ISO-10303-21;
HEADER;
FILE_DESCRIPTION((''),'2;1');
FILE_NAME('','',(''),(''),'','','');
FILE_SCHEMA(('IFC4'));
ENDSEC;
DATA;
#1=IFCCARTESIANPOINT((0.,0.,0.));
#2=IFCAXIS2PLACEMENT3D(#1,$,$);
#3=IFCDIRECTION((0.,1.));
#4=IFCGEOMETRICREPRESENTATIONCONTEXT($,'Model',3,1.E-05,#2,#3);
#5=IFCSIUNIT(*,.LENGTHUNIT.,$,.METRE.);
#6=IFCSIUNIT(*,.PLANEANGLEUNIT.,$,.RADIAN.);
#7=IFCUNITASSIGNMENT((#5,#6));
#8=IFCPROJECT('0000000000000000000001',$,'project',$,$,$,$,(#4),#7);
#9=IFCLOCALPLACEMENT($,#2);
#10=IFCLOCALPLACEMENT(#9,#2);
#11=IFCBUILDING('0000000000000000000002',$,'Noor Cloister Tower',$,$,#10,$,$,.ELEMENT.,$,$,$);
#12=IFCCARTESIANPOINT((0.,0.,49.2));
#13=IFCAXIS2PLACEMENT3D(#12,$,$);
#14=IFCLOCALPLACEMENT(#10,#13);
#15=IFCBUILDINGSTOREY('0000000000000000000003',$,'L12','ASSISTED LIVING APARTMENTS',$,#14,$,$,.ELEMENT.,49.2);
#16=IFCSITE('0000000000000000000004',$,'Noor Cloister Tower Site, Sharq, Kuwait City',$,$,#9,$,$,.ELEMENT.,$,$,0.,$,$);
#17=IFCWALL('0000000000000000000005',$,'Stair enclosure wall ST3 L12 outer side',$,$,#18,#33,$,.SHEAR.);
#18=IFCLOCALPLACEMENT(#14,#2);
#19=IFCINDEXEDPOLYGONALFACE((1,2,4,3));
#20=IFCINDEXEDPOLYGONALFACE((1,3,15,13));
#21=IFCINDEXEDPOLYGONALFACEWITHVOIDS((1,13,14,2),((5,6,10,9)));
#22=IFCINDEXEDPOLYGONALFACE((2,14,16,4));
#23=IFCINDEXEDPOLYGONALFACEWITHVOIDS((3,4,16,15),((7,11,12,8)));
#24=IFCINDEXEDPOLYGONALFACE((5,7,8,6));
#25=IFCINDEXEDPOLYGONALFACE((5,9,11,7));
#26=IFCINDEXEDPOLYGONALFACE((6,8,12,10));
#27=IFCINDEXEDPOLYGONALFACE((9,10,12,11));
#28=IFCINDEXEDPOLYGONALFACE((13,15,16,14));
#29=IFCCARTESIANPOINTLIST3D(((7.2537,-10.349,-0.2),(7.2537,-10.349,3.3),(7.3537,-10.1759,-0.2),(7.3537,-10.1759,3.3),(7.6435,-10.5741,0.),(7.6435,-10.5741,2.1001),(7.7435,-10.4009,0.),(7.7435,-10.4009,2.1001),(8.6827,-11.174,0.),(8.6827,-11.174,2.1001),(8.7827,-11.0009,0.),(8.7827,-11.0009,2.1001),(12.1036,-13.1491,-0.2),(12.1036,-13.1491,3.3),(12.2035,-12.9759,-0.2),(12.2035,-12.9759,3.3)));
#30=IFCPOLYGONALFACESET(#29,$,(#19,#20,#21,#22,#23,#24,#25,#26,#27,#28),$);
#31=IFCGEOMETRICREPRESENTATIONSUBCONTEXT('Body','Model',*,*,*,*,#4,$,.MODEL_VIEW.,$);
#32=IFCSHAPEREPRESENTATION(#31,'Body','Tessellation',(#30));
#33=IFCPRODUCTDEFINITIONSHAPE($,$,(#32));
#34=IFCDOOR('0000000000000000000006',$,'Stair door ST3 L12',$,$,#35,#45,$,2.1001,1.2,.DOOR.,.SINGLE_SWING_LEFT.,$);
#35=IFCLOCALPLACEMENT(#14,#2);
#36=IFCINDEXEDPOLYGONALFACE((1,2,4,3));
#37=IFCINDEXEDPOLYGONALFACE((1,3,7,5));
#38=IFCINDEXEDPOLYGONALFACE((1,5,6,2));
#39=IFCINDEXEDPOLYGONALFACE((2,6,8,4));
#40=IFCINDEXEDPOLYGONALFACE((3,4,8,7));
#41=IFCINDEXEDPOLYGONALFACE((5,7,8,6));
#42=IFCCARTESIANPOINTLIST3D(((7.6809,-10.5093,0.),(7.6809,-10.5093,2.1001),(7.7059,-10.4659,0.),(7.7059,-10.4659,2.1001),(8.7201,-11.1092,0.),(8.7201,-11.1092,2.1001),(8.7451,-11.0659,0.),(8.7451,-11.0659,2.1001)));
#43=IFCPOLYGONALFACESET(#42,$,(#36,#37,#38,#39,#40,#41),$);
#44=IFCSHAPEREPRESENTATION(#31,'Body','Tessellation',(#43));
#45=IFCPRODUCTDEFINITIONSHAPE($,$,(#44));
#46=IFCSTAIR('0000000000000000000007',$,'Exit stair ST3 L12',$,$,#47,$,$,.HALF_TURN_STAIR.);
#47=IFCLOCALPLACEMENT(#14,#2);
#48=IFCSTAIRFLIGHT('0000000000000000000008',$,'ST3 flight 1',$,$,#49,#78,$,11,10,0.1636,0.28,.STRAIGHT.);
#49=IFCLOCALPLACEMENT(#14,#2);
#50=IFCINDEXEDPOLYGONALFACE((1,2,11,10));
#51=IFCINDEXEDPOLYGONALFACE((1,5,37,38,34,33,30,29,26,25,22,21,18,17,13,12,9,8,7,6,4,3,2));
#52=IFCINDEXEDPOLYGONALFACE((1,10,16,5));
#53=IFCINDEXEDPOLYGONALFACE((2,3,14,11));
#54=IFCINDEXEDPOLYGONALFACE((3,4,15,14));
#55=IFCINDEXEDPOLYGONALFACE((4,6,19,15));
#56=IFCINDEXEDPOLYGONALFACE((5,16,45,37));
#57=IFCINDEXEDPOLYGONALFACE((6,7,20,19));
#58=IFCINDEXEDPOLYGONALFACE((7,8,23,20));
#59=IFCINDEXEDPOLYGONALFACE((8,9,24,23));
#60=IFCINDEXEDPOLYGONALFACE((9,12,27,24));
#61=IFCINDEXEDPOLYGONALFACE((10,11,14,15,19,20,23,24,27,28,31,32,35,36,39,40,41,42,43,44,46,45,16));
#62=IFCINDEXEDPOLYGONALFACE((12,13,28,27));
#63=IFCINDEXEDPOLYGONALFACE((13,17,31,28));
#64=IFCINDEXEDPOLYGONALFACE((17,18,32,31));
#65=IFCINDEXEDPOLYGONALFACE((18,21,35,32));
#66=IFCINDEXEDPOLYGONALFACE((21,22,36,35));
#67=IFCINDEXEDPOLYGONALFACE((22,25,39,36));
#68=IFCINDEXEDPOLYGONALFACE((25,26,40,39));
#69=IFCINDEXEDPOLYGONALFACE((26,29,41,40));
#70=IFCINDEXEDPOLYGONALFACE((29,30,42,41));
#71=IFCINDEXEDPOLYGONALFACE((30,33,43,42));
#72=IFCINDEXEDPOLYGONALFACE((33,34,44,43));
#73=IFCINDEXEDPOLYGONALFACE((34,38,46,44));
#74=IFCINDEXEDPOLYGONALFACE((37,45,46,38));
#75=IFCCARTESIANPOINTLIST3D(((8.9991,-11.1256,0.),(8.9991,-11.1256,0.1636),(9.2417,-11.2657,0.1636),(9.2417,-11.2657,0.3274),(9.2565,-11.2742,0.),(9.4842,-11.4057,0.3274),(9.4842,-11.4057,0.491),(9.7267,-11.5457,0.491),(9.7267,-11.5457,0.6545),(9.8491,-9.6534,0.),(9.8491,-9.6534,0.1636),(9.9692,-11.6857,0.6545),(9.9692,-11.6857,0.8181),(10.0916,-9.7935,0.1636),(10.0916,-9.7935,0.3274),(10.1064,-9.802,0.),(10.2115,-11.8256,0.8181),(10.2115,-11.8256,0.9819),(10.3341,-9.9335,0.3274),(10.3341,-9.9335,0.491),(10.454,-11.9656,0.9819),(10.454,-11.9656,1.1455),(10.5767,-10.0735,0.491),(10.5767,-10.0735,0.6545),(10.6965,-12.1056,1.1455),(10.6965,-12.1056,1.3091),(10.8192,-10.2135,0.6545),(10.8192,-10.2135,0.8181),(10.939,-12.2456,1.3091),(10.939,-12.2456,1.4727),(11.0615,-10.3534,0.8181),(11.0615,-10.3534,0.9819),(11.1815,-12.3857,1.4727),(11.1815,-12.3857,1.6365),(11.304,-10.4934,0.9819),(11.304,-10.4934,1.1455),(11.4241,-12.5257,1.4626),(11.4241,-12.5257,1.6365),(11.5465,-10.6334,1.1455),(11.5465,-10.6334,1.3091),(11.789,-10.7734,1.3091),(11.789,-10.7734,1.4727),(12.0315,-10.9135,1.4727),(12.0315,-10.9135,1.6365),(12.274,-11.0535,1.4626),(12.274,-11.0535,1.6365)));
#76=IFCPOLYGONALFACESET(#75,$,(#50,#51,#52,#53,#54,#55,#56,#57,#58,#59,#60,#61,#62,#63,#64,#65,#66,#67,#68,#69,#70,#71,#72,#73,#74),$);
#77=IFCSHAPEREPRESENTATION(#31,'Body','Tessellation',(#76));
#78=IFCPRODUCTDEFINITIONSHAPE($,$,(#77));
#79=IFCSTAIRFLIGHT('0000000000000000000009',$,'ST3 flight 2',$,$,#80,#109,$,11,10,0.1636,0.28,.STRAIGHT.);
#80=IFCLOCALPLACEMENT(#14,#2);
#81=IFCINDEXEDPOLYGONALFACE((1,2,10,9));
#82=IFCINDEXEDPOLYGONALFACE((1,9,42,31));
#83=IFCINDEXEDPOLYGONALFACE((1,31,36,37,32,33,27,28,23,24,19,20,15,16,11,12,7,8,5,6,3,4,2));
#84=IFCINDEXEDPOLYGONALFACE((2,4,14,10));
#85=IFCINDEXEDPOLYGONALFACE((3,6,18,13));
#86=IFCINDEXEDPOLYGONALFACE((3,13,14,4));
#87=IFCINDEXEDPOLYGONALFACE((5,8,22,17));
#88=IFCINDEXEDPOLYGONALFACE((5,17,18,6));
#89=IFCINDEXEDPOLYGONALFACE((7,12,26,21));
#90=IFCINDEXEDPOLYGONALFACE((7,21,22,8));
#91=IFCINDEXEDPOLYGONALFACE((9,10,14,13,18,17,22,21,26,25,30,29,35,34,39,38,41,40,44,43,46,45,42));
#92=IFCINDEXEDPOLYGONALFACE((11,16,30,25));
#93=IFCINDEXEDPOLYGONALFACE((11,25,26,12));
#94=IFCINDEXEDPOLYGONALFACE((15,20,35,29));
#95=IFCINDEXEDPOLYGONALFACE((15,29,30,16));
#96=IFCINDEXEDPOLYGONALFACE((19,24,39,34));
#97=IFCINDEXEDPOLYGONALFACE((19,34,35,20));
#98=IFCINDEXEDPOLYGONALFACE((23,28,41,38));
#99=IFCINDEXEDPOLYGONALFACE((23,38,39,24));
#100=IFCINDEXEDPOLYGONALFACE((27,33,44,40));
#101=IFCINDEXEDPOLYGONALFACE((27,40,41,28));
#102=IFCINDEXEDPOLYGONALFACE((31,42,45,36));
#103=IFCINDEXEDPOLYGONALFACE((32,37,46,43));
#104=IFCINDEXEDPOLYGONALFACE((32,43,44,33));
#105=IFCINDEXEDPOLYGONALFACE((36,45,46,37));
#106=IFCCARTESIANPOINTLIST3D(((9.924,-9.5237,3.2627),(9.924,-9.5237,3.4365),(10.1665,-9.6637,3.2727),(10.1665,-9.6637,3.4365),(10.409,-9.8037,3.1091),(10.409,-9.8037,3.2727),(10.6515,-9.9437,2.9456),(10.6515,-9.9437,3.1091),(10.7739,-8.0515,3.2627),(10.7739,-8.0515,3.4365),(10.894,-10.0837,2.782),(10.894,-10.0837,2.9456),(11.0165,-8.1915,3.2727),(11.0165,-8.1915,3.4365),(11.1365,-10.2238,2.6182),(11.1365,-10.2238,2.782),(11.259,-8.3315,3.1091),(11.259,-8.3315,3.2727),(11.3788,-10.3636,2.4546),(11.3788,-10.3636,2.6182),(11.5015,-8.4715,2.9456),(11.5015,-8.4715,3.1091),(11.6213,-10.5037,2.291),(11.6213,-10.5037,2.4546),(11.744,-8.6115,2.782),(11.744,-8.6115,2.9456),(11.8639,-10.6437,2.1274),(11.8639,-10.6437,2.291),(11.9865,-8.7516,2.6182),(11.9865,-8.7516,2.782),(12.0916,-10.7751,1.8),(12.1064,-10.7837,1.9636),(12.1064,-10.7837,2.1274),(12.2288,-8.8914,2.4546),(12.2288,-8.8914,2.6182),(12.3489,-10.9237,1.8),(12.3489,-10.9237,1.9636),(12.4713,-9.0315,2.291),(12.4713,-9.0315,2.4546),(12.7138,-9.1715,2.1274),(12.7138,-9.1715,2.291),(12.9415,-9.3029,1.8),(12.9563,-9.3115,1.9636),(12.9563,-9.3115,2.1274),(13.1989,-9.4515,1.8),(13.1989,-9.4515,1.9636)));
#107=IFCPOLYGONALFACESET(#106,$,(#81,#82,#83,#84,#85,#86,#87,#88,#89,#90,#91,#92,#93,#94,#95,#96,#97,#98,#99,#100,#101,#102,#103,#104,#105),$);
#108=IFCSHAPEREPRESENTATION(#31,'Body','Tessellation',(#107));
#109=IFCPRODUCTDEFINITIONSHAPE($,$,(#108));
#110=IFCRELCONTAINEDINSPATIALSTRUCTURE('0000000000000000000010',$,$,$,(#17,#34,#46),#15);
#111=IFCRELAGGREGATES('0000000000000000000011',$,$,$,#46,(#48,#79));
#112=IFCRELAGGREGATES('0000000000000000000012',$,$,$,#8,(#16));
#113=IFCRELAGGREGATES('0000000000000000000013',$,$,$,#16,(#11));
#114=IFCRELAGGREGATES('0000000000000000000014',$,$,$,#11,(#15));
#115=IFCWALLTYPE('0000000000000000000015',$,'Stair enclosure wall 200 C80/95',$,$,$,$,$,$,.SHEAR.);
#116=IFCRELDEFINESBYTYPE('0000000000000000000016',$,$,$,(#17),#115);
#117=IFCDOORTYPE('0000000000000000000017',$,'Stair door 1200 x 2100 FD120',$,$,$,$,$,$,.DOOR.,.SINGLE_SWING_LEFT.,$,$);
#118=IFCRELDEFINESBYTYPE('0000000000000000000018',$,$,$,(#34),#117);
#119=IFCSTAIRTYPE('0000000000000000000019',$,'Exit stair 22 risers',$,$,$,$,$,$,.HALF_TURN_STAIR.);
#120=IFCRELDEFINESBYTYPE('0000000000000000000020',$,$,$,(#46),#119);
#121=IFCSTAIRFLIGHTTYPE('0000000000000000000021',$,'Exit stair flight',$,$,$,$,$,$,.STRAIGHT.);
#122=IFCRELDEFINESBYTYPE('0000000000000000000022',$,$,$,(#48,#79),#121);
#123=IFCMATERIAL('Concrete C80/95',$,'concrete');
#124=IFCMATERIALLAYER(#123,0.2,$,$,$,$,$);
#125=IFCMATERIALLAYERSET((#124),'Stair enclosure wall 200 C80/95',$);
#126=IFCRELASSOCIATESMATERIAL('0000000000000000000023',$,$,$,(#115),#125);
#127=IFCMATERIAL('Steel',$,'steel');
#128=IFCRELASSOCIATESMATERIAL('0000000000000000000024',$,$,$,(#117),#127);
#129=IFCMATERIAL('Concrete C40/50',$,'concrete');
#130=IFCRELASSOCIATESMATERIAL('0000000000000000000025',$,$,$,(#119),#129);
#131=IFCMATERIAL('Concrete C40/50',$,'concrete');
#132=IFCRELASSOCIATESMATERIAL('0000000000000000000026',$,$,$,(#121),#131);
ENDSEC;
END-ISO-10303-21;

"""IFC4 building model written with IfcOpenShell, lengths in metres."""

from ifc_helpers import new_model, si_unit, direction, frame, frame_2d, origin, place, context, subcontext, project, spatial, polyline, rectangle, outline, extrude, material, layer, layer_set, type_object, element, fill, aggregate, save


model = new_model("IFC4")

# Units and contexts
model_context = context("Model", 3, precision=1e-05, world=origin(), true_north=direction((0.0, 1.0)))
body_context = subcontext(model_context, "Body", "Model", "MODEL_VIEW")
ifc_project = project(units=[si_unit("LENGTHUNIT", "METRE"), si_unit("PLANEANGLEUNIT", "RADIAN")], contexts=[model_context])

# Site, building, storey
site_placement = place(None, origin())
site = spatial("IfcSite", under=ifc_project, at=site_placement, Name="Noor Cloister Tower Site, Sharq, Kuwait City", CompositionType="ELEMENT", RefElevation=0.0)
building_placement = place(site_placement, origin())
building = spatial("IfcBuilding", under=site, at=building_placement, Name="Noor Cloister Tower", CompositionType="ELEMENT")
storey_placement = place(building_placement, frame((0.0, 0.0, 49.2)))
storey = spatial("IfcBuildingStorey", under=building, at=storey_placement, Name="L12", Description="ASSISTED LIVING APARTMENTS", CompositionType="ELEMENT", Elevation=49.2)

# Wall, opening, door
ifc_material_1 = material(Name="Concrete C80/95", Category="concrete")
ifc_layer_1 = layer(ifc_material_1, 0.2)
ifc_layer_set_1 = layer_set([ifc_layer_1], Name="Stair enclosure wall 200 C80/95")
wall_type_1 = type_object("IfcWallType", Name="Stair enclosure wall 200 C80/95", PredefinedType="SHEAR", material=ifc_layer_set_1)
ifc_material_2 = material(Name="Steel", Category="steel")
door_type_1 = type_object("IfcDoorType", Name="Stair door 1200 x 2100 FD120", OperationType="SINGLE_SWING_LEFT", PredefinedType="DOOR", material=ifc_material_2)
wall_1_placement = place(storey_placement, frame((7.3037, -10.2625, -0.2), z_axis=(0.0, 0.0, 1.0), x_axis=(0.866027, -0.499998, 0.0)))
wall_1 = element("IfcWall", 1, at=wall_1_placement, inside=storey, type_object=wall_type_1, Name="Stair enclosure wall ST3 L12 outer side", PredefinedType="SHEAR", context=body_context, shape_type="SweptSolid", body=[
    extrude(rectangle(XDim=5.6001, YDim=0.2, at=frame_2d((2.8, 0.0))), origin(), (0.0, 0.0, 1.0), 3.5),
])
opening_1_placement = place(wall_1_placement, frame((0.45, 0.0, 0.2)))
opening_1 = element("IfcOpeningElement", 2, at=opening_1_placement, cuts=wall_1, PredefinedType="OPENING", context=body_context, shape_type="SweptSolid", body=[
    extrude(rectangle(XDim=1.2, YDim=2.1001, at=frame_2d((0.6001, 1.05))), frame((0.0, 0.1099, 0.0), z_axis=(0.0, -1.0, 0.0), x_axis=(1.0, 0.0, 0.0)), (0.0, 0.0, 1.0), 0.22),
])
door_1_placement = place(opening_1_placement, origin())
door_1 = element("IfcDoor", 3, at=door_1_placement, inside=storey, type_object=door_type_1, Name="Stair door ST3 L12", OperationType="SINGLE_SWING_LEFT", OverallHeight=2.1001, OverallWidth=1.2, PredefinedType="DOOR", context=body_context, shape_type="SweptSolid", body=[
    extrude(rectangle(XDim=1.2, YDim=2.1001, at=frame_2d((0.6001, 1.05))), frame((0.0, 0.0249, 0.0), z_axis=(0.0, -1.0, 0.0), x_axis=(1.0, 0.0, 0.0)), (0.0, 0.0, 1.0), 0.05),
])
fill(opening_1, door_1)

# Stair, stair flights
ifc_material_3 = material(Name="Concrete C40/50", Category="concrete")
stair_type = type_object("IfcStairType", Name="Exit stair 22 risers", PredefinedType="HALF_TURN_STAIR", material=ifc_material_3)
stair_placement = place(storey_placement, origin())
stair = element("IfcStair", 4, at=stair_placement, inside=storey, type_object=stair_type, Name="Exit stair ST3 L12", PredefinedType="HALF_TURN_STAIR")
ifc_material_4 = material(Name="Concrete C40/50", Category="concrete")
stair_flight_type = type_object("IfcStairFlightType", Name="Exit stair flight", PredefinedType="STRAIGHT", material=ifc_material_4)
stair_flight_1_placement = place(storey_placement, frame((9.4241, -10.3896, 0.0), z_axis=(0.0, 0.0, 1.0), x_axis=(0.866025, -0.5, 0.0)))
stair_flight_1 = element("IfcStairFlight", 5, at=stair_flight_1_placement, type_object=stair_flight_type, Name="ST3 flight 1", NumberOfRisers=11, NumberOfTreads=10, PredefinedType="STRAIGHT", RiserHeight=0.1636, TreadLength=0.28, context=body_context, shape_type="SweptSolid", body=[
    extrude(outline(polyline([(0.0, 0.0), (0.0, 0.1636), (0.28, 0.1636), (0.28, 0.3274), (0.5601, 0.3274), (0.5601, 0.491), (0.8401, 0.491), (0.8401, 0.6545), (1.1201, 0.6545), (1.1201, 0.8181), (1.3999, 0.8181), (1.3999, 0.9819), (1.6799, 0.9819), (1.6799, 1.1455), (1.96, 1.1455), (1.96, 1.3091), (2.24, 1.3091), (2.24, 1.4727), (2.52, 1.4727), (2.52, 1.6365), (2.8, 1.6365), (2.8, 1.8), (2.8, 1.4626), (0.2971, 0.0), (0.0, 0.0)])), frame((0.0, 0.8501, 0.0), z_axis=(0.0, -1.0, 0.0), x_axis=(1.0, 0.0, 0.0)), (0.0, 0.0, 1.0), 1.7),
])
stair_flight_2_placement = place(storey_placement, frame((12.7739, -10.1875, 1.8), z_axis=(0.0, 0.0, 1.0), x_axis=(-0.866025, 0.5, 0.0)))
stair_flight_2 = element("IfcStairFlight", 6, at=stair_flight_2_placement, type_object=stair_flight_type, Name="ST3 flight 2", NumberOfRisers=11, NumberOfTreads=10, PredefinedType="STRAIGHT", RiserHeight=0.1636, TreadLength=0.28, context=body_context, shape_type="SweptSolid", body=[
    extrude(outline(polyline([(0.0, 0.0), (0.0, 0.1636), (0.28, 0.1636), (0.28, 0.3274), (0.5601, 0.3274), (0.5601, 0.491), (0.8401, 0.491), (0.8401, 0.6545), (1.1201, 0.6545), (1.1201, 0.8181), (1.3999, 0.8181), (1.3999, 0.9819), (1.6799, 0.9819), (1.6799, 1.1455), (1.96, 1.1455), (1.96, 1.3091), (2.24, 1.3091), (2.24, 1.4727), (2.52, 1.4727), (2.52, 1.6365), (2.8, 1.6365), (2.8, 1.8), (2.8, 1.4626), (0.2971, 0.0), (0.0, 0.0)])), frame((0.0, 0.8501, 0.0), z_axis=(0.0, -1.0, 0.0), x_axis=(1.0, 0.0, 0.0)), (0.0, 0.0, 1.0), 1.7),
])
aggregate(stair, [stair_flight_1, stair_flight_2])

save(model, "model.ifc")
